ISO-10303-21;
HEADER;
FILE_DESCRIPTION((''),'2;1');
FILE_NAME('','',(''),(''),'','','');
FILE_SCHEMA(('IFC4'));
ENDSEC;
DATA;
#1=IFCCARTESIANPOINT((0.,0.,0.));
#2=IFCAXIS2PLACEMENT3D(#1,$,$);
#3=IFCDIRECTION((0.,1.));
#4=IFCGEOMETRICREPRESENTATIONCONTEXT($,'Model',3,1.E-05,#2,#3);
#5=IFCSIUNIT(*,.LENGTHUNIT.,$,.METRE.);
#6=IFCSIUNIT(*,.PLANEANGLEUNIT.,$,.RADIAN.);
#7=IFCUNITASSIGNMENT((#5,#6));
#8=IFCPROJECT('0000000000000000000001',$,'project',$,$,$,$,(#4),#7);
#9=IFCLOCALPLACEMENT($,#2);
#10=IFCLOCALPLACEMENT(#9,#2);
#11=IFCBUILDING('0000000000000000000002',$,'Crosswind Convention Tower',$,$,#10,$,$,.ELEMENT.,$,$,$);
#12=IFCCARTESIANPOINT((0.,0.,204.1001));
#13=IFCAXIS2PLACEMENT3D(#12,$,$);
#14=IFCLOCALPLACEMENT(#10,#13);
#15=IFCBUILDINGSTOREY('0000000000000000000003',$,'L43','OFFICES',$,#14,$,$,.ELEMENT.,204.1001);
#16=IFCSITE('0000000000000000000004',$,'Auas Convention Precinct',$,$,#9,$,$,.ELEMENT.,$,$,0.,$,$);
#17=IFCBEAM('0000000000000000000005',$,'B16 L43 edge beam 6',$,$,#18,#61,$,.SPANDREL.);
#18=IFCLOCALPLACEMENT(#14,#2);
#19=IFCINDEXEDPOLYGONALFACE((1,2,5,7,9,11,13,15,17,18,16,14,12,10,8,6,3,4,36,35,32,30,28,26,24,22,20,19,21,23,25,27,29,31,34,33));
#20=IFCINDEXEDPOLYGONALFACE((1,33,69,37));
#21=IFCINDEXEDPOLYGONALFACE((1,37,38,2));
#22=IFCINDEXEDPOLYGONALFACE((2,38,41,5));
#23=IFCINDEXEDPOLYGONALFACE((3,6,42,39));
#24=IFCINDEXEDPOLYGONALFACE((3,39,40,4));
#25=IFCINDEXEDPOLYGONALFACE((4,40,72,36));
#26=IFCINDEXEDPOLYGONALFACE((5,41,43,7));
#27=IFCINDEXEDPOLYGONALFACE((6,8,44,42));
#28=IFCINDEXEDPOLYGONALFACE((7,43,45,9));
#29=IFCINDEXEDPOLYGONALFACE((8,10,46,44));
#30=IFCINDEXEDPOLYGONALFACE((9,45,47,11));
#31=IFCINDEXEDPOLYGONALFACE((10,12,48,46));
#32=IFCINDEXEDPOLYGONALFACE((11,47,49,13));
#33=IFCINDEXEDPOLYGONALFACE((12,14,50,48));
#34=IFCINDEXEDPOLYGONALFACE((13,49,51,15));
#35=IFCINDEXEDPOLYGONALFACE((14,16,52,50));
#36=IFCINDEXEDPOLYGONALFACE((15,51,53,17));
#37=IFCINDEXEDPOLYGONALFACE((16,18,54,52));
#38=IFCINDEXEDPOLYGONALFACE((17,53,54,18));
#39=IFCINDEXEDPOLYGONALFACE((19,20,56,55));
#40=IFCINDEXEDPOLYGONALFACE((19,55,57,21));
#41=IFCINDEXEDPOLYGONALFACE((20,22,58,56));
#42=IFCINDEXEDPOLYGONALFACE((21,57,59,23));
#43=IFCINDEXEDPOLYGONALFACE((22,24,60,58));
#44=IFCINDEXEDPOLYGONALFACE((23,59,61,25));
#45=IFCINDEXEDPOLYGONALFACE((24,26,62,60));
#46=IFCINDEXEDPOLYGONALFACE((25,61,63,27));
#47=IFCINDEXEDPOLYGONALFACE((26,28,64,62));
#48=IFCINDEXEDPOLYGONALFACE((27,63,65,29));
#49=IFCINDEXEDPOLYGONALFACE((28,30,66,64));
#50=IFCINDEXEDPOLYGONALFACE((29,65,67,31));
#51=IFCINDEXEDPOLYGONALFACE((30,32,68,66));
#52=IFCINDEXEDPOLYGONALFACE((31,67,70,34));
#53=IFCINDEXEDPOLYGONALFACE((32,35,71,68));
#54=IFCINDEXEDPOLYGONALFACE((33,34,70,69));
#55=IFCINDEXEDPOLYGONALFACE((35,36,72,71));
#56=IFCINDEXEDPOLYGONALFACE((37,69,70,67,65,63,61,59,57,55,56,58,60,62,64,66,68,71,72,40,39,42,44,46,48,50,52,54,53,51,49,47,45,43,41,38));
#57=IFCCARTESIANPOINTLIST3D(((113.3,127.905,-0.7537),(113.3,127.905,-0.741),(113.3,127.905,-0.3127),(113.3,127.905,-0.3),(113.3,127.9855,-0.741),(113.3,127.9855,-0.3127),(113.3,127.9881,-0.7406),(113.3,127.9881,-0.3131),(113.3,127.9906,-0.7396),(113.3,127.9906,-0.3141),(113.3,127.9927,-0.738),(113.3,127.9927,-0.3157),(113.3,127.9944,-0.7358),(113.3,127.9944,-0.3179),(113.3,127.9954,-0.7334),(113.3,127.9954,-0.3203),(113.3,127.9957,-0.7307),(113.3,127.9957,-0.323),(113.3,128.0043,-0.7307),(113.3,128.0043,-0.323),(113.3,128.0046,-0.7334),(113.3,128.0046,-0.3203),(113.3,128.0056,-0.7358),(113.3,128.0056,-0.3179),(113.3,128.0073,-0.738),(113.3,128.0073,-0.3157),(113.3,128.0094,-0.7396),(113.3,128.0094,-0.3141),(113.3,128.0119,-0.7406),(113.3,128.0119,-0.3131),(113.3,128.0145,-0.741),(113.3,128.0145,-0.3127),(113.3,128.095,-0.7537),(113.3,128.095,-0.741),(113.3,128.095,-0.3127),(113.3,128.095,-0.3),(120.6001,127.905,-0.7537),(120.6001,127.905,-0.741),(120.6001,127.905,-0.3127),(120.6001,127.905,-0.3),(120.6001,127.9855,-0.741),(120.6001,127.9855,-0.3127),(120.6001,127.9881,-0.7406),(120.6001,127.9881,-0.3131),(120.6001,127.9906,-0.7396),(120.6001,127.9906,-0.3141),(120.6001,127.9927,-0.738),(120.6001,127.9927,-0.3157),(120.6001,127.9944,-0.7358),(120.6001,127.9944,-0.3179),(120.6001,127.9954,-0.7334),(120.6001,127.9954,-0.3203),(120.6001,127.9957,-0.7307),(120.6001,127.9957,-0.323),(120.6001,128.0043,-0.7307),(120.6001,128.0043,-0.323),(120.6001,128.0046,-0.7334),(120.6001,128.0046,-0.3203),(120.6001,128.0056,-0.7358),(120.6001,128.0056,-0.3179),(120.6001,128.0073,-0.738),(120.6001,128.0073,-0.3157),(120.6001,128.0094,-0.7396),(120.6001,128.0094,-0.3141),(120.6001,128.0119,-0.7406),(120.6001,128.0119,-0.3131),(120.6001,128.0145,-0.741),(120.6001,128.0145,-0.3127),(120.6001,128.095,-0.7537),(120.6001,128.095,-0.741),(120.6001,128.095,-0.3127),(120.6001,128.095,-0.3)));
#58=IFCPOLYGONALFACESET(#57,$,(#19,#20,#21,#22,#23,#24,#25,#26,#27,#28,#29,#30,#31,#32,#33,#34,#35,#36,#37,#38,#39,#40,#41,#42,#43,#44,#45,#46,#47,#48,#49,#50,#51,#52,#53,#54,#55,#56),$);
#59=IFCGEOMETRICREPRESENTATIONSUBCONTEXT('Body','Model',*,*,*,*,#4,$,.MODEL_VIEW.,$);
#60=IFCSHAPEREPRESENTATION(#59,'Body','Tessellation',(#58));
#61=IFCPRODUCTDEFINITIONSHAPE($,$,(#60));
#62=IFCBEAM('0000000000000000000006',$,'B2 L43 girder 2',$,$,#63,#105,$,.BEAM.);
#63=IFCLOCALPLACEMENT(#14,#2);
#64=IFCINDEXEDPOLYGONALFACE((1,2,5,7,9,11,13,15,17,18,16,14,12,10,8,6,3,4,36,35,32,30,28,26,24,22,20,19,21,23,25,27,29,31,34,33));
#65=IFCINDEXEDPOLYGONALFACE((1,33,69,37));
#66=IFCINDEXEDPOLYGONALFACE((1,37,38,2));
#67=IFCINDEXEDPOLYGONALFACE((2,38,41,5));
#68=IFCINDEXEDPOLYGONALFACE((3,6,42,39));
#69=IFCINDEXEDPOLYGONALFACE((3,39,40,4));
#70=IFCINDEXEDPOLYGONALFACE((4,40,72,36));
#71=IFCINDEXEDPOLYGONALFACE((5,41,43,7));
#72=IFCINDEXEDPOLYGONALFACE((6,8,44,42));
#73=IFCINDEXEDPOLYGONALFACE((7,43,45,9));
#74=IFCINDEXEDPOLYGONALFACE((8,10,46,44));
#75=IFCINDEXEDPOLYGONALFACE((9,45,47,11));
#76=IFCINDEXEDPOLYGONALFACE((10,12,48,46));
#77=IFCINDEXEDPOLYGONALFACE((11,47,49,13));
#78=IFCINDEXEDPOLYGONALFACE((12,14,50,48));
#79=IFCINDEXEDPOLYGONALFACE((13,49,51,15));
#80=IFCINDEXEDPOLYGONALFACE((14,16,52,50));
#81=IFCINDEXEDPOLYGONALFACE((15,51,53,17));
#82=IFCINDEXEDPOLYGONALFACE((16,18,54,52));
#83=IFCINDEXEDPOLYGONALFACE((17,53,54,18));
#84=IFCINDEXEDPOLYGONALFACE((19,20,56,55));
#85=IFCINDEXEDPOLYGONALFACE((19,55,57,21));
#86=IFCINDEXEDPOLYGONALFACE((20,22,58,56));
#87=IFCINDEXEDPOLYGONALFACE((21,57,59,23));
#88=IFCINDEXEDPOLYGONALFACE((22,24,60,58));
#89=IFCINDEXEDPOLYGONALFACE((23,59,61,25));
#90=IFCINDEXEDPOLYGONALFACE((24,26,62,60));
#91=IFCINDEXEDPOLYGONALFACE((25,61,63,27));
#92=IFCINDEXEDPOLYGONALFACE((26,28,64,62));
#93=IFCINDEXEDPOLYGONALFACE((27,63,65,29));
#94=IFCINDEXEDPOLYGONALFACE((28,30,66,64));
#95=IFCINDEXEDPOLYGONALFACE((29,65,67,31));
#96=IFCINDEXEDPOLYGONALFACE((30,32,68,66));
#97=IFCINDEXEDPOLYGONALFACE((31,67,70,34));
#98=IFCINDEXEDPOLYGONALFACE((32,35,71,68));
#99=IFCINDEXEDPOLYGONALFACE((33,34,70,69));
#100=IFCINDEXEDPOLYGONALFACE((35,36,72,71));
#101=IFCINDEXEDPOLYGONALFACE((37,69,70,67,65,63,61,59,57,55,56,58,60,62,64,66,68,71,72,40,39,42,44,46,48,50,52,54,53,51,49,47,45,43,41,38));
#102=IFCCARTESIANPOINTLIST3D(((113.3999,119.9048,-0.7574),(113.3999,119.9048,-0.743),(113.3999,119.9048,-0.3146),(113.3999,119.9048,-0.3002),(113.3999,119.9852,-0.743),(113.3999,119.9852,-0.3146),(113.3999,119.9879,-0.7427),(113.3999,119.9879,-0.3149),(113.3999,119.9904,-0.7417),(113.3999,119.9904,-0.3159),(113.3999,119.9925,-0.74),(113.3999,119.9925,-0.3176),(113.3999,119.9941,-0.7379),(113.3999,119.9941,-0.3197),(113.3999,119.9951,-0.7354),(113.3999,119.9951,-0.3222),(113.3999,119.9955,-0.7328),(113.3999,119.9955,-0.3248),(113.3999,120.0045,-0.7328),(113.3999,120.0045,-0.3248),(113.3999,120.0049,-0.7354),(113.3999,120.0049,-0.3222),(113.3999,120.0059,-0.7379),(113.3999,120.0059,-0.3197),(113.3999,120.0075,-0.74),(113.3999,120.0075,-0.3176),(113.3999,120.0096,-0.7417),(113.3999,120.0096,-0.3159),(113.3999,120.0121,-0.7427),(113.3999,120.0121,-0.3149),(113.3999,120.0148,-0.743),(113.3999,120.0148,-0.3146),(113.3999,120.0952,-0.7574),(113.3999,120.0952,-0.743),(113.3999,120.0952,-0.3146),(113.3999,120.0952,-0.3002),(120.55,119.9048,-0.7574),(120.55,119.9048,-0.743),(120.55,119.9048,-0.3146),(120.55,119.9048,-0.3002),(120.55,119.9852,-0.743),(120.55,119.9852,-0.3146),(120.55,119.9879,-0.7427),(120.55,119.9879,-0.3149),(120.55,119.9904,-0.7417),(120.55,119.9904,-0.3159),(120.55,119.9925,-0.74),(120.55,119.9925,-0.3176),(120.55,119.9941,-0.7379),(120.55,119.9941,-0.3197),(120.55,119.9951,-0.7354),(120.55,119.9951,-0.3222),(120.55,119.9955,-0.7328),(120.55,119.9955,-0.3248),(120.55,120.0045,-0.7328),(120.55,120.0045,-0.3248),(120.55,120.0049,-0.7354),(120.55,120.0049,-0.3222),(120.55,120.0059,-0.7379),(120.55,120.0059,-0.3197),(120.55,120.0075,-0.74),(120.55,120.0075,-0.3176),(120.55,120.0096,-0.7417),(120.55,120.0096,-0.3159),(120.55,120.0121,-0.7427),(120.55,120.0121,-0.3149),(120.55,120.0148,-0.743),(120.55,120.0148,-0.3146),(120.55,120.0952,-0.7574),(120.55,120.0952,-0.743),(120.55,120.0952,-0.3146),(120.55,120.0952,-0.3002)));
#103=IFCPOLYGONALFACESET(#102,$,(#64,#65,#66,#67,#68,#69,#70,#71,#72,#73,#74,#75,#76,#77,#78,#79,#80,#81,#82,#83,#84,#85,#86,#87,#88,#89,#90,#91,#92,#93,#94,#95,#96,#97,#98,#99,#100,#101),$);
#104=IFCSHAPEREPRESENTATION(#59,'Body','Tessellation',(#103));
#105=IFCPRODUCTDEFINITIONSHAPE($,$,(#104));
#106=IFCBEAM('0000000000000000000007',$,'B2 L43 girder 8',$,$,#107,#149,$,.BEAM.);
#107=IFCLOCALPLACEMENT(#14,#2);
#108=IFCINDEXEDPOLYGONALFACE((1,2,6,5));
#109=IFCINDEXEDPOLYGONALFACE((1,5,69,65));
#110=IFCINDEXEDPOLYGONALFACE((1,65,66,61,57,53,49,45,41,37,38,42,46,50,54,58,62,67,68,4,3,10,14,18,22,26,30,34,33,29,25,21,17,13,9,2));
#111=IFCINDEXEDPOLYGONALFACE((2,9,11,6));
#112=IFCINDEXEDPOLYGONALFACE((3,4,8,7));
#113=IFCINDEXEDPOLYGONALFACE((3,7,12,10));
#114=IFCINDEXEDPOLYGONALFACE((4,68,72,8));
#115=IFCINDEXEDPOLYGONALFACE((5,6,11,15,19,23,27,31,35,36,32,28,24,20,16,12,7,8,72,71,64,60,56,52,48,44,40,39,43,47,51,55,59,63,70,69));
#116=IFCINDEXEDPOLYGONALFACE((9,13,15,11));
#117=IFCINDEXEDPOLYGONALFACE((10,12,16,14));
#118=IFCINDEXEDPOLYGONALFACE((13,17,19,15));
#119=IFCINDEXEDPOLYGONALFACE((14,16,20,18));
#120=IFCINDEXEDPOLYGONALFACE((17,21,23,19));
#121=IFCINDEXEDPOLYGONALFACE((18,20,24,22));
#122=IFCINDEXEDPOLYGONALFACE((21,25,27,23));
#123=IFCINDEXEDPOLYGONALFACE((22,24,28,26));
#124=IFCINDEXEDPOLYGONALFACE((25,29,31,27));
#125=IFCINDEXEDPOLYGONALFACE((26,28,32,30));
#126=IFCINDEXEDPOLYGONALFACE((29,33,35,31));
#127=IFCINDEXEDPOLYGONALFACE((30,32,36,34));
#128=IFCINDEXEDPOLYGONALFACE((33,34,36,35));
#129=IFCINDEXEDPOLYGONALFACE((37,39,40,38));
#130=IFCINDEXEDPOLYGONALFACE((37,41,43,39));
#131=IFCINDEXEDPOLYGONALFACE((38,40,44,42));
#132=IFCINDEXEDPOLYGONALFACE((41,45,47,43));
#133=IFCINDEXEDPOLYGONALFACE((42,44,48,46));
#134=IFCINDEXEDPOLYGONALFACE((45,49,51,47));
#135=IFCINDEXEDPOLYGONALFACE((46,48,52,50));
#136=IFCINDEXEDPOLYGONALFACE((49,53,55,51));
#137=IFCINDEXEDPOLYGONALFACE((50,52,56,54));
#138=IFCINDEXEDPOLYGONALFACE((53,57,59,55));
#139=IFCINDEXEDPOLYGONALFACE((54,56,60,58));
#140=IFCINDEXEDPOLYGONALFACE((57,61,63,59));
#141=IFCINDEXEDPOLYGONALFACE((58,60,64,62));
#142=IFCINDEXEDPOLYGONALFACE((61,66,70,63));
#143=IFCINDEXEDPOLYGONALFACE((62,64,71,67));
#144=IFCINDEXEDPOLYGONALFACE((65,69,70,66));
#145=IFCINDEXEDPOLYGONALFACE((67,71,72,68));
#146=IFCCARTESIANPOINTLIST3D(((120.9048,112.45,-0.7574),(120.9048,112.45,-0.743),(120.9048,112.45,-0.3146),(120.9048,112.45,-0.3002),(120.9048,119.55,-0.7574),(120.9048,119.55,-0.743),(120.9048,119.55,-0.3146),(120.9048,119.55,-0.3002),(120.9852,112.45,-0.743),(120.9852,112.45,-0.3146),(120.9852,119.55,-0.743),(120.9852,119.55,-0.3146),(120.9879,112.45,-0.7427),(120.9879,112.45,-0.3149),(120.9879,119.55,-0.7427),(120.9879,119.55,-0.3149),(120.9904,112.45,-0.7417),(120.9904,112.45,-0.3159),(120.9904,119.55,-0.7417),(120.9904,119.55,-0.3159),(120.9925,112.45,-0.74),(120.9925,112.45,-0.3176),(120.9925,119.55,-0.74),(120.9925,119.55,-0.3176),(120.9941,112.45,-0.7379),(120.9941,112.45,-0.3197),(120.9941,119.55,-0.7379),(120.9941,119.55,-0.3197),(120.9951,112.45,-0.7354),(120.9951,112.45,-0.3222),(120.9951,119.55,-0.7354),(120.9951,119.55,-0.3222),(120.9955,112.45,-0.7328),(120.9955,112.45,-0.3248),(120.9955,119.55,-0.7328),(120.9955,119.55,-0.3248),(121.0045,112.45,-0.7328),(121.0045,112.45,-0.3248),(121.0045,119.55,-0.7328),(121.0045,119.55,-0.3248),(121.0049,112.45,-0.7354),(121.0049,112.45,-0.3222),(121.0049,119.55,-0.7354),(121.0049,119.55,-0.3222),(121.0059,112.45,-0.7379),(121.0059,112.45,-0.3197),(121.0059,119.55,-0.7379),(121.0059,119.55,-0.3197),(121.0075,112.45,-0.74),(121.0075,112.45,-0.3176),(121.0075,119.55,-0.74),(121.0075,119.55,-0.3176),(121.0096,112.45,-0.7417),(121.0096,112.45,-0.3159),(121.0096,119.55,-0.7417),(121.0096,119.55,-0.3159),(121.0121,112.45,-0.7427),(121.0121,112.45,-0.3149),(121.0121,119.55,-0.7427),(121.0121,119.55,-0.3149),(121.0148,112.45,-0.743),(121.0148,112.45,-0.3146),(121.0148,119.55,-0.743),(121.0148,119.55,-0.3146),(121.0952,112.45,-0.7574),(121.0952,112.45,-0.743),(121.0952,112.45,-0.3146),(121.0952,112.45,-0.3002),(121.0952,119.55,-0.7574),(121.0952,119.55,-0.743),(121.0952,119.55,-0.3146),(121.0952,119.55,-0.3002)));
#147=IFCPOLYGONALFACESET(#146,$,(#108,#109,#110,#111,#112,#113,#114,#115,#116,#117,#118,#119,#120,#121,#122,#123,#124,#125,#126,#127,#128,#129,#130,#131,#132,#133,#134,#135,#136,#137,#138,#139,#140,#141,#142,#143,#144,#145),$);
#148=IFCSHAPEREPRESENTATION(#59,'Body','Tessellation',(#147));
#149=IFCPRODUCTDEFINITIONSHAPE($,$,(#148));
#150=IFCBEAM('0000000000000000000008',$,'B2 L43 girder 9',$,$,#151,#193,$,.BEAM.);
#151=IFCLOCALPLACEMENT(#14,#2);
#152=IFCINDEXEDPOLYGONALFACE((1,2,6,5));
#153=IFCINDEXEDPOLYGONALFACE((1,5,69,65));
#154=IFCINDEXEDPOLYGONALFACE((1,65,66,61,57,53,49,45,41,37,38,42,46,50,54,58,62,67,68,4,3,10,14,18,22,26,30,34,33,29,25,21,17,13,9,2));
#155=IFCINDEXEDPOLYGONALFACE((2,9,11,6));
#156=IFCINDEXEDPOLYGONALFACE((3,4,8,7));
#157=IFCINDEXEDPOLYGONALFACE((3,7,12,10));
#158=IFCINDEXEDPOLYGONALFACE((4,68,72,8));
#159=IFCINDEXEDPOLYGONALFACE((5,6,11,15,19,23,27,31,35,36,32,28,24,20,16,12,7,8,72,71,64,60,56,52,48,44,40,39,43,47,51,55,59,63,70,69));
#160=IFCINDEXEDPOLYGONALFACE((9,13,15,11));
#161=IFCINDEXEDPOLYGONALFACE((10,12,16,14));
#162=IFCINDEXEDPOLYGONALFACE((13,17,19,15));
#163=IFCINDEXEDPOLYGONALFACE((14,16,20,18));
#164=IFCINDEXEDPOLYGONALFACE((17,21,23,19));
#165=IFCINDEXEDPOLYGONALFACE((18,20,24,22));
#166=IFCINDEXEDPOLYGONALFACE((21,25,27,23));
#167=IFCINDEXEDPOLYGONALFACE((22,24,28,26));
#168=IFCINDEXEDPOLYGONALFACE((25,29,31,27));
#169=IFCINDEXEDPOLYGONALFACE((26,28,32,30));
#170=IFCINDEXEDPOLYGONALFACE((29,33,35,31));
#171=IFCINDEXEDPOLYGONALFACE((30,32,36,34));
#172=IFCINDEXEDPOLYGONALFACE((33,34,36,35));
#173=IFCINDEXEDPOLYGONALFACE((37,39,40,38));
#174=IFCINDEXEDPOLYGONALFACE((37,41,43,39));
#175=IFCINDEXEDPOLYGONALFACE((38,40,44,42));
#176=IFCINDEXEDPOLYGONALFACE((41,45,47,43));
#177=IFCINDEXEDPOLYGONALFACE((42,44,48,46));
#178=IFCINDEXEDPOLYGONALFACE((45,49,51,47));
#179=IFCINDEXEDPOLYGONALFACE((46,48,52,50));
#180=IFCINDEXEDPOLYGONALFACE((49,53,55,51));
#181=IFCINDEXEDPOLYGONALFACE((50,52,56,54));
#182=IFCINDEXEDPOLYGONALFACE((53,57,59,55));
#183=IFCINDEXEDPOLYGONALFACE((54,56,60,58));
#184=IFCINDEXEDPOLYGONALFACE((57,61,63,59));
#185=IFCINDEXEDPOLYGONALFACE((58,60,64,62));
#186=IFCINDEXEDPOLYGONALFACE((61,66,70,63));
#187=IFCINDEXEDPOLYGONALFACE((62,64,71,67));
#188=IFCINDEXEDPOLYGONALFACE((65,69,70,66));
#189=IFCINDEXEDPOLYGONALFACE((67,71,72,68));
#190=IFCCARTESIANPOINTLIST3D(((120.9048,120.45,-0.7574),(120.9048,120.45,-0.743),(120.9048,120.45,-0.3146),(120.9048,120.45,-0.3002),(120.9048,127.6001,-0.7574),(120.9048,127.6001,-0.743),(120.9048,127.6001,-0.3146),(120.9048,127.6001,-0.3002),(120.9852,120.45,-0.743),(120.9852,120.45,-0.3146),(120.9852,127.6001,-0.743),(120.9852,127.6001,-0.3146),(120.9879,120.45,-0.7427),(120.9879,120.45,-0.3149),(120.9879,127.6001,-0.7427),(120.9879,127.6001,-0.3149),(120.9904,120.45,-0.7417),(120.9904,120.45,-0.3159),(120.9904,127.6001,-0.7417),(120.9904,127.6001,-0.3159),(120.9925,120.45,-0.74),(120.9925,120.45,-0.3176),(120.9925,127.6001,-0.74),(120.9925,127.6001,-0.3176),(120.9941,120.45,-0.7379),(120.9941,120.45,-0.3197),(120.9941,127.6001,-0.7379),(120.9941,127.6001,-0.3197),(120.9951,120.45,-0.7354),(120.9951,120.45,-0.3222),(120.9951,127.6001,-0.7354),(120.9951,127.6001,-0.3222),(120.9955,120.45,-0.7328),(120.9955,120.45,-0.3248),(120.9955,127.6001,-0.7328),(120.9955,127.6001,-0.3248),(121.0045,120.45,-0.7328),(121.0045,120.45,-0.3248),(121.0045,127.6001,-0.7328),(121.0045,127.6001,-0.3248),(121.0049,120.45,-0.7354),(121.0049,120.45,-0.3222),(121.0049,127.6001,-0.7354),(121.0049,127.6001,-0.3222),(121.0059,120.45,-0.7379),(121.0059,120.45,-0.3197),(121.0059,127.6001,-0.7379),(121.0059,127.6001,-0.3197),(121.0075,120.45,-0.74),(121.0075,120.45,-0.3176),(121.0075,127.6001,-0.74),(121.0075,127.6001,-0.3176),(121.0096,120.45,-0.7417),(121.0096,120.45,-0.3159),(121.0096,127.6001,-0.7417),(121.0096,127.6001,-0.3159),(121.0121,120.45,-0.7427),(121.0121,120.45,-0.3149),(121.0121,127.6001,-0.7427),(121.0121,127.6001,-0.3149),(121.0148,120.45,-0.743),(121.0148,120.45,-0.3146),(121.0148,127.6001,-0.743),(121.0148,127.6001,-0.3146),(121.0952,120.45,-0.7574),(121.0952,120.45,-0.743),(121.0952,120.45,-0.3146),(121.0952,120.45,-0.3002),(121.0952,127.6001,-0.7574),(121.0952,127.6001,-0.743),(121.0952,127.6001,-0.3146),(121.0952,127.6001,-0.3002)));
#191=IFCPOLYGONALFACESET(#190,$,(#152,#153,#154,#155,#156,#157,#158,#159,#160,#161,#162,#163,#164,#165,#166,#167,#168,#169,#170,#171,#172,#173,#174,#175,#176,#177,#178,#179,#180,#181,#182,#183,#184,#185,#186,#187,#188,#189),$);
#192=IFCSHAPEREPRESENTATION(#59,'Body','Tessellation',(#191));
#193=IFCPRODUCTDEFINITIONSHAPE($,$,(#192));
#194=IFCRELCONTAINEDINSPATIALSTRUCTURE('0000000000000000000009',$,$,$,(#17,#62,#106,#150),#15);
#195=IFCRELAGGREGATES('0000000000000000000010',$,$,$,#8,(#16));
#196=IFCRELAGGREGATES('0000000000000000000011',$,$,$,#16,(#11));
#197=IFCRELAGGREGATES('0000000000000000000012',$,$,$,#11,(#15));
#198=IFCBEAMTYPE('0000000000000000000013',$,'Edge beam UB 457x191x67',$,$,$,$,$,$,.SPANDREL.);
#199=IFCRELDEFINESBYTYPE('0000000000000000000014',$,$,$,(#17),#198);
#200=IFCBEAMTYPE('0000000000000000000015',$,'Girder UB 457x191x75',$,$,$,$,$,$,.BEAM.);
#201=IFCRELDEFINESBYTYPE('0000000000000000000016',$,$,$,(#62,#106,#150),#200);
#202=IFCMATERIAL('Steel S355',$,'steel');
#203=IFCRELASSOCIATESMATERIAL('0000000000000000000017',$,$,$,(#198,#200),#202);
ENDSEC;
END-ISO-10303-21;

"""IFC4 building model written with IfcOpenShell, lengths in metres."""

from ifc_helpers import new_model, si_unit, direction, frame, origin, origin_2d, place, context, subcontext, project, spatial, i_section, extrude, material, material_profile, profile_set, type_object, element, save


model = new_model("IFC4")

# Units and contexts
model_context = context("Model", 3, precision=1e-05, world=origin(), true_north=direction((0.0, 1.0)))
body_context = subcontext(model_context, "Body", "Model", "MODEL_VIEW")
ifc_project = project(units=[si_unit("LENGTHUNIT", "METRE"), si_unit("PLANEANGLEUNIT", "RADIAN")], contexts=[model_context])

# Site, building, storey
site_placement = place(None, origin())
site = spatial("IfcSite", under=ifc_project, at=site_placement, Name="Auas Convention Precinct", CompositionType="ELEMENT", RefElevation=0.0)
building_placement = place(site_placement, origin())
building = spatial("IfcBuilding", under=site, at=building_placement, Name="Crosswind Convention Tower", CompositionType="ELEMENT")
storey_placement = place(building_placement, frame((0.0, 0.0, 204.1001)))
storey = spatial("IfcBuildingStorey", under=building, at=storey_placement, Name="L43", Description="OFFICES", CompositionType="ELEMENT", Elevation=204.1001)

# Beams
ifc_material_1 = material(Name="Steel S355", Category="steel")
ifc_material_profile_1 = material_profile(ifc_material_1, i_section(OverallWidth=0.1899, OverallDepth=0.4536, WebThickness=0.0085, FlangeThickness=0.0127, FilletRadius=0.0103, at=origin_2d()), Name="UB 457x191x67")
ifc_profile_set_1 = profile_set([ifc_material_profile_1], Name="Steel S355")
beam_type_1 = type_object("IfcBeamType", Name="Edge beam UB 457x191x67", PredefinedType="SPANDREL", material=ifc_profile_set_1)
for number, where, z_axis, x_axis, name in (
    (1, (113.3, 128.0, -0.5269), (1.0, 0.0, 0.0), (0.0, 1.0, 0.0), "B16 L43 edge beam 6"),
):
    element("IfcBeam", number, at=place(storey_placement, frame(where, z_axis=z_axis, x_axis=x_axis)), inside=storey, type_object=beam_type_1, Name=name, PredefinedType="SPANDREL", context=body_context, shape_type="SweptSolid", body=[
        extrude(i_section(OverallWidth=0.1899, OverallDepth=0.4536, WebThickness=0.0085, FlangeThickness=0.0127, FilletRadius=0.0103, at=origin_2d()), origin(), (0.0, 0.0, 1.0), 7.3),
    ])
ifc_material_profile_2 = material_profile(ifc_material_1, i_section(OverallWidth=0.1904, OverallDepth=0.4573, WebThickness=0.009, FlangeThickness=0.0144, FilletRadius=0.0103, at=origin_2d()), Name="UB 457x191x75")
ifc_profile_set_2 = profile_set([ifc_material_profile_2], Name="Steel S355")
beam_type_2 = type_object("IfcBeamType", Name="Girder UB 457x191x75", PredefinedType="BEAM", material=ifc_profile_set_2)
beam_1_placement = place(storey_placement, frame((113.3999, 120.0, -0.5288), z_axis=(1.0, 0.0, 0.0), x_axis=(0.0, 1.0, 0.0)))
element("IfcBeam", 2, at=beam_1_placement, inside=storey, type_object=beam_type_2, Name="B2 L43 girder 2", PredefinedType="BEAM", context=body_context, shape_type="SweptSolid", body=[
    extrude(i_section(OverallWidth=0.1904, OverallDepth=0.4573, WebThickness=0.009, FlangeThickness=0.0144, FilletRadius=0.0103, at=origin_2d()), origin(), (0.0, 0.0, 1.0), 7.1501),
])
beam_2_placement = place(storey_placement, frame((121.0, 112.45, -0.5288), z_axis=(0.0, 1.0, 0.0), x_axis=(-1.0, 0.0, 0.0)))
element("IfcBeam", 3, at=beam_2_placement, inside=storey, type_object=beam_type_2, Name="B2 L43 girder 8", PredefinedType="BEAM", context=body_context, shape_type="SweptSolid", body=[
    extrude(i_section(OverallWidth=0.1904, OverallDepth=0.4573, WebThickness=0.009, FlangeThickness=0.0144, FilletRadius=0.0103, at=origin_2d()), origin(), (0.0, 0.0, 1.0), 7.1001),
])
beam_3_placement = place(storey_placement, frame((121.0, 120.45, -0.5288), z_axis=(0.0, 1.0, 0.0), x_axis=(-1.0, 0.0, 0.0)))
element("IfcBeam", 4, at=beam_3_placement, inside=storey, type_object=beam_type_2, Name="B2 L43 girder 9", PredefinedType="BEAM", context=body_context, shape_type="SweptSolid", body=[
    extrude(i_section(OverallWidth=0.1904, OverallDepth=0.4573, WebThickness=0.009, FlangeThickness=0.0144, FilletRadius=0.0103, at=origin_2d()), origin(), (0.0, 0.0, 1.0), 7.1501),
])

save(model, "model.ifc")
